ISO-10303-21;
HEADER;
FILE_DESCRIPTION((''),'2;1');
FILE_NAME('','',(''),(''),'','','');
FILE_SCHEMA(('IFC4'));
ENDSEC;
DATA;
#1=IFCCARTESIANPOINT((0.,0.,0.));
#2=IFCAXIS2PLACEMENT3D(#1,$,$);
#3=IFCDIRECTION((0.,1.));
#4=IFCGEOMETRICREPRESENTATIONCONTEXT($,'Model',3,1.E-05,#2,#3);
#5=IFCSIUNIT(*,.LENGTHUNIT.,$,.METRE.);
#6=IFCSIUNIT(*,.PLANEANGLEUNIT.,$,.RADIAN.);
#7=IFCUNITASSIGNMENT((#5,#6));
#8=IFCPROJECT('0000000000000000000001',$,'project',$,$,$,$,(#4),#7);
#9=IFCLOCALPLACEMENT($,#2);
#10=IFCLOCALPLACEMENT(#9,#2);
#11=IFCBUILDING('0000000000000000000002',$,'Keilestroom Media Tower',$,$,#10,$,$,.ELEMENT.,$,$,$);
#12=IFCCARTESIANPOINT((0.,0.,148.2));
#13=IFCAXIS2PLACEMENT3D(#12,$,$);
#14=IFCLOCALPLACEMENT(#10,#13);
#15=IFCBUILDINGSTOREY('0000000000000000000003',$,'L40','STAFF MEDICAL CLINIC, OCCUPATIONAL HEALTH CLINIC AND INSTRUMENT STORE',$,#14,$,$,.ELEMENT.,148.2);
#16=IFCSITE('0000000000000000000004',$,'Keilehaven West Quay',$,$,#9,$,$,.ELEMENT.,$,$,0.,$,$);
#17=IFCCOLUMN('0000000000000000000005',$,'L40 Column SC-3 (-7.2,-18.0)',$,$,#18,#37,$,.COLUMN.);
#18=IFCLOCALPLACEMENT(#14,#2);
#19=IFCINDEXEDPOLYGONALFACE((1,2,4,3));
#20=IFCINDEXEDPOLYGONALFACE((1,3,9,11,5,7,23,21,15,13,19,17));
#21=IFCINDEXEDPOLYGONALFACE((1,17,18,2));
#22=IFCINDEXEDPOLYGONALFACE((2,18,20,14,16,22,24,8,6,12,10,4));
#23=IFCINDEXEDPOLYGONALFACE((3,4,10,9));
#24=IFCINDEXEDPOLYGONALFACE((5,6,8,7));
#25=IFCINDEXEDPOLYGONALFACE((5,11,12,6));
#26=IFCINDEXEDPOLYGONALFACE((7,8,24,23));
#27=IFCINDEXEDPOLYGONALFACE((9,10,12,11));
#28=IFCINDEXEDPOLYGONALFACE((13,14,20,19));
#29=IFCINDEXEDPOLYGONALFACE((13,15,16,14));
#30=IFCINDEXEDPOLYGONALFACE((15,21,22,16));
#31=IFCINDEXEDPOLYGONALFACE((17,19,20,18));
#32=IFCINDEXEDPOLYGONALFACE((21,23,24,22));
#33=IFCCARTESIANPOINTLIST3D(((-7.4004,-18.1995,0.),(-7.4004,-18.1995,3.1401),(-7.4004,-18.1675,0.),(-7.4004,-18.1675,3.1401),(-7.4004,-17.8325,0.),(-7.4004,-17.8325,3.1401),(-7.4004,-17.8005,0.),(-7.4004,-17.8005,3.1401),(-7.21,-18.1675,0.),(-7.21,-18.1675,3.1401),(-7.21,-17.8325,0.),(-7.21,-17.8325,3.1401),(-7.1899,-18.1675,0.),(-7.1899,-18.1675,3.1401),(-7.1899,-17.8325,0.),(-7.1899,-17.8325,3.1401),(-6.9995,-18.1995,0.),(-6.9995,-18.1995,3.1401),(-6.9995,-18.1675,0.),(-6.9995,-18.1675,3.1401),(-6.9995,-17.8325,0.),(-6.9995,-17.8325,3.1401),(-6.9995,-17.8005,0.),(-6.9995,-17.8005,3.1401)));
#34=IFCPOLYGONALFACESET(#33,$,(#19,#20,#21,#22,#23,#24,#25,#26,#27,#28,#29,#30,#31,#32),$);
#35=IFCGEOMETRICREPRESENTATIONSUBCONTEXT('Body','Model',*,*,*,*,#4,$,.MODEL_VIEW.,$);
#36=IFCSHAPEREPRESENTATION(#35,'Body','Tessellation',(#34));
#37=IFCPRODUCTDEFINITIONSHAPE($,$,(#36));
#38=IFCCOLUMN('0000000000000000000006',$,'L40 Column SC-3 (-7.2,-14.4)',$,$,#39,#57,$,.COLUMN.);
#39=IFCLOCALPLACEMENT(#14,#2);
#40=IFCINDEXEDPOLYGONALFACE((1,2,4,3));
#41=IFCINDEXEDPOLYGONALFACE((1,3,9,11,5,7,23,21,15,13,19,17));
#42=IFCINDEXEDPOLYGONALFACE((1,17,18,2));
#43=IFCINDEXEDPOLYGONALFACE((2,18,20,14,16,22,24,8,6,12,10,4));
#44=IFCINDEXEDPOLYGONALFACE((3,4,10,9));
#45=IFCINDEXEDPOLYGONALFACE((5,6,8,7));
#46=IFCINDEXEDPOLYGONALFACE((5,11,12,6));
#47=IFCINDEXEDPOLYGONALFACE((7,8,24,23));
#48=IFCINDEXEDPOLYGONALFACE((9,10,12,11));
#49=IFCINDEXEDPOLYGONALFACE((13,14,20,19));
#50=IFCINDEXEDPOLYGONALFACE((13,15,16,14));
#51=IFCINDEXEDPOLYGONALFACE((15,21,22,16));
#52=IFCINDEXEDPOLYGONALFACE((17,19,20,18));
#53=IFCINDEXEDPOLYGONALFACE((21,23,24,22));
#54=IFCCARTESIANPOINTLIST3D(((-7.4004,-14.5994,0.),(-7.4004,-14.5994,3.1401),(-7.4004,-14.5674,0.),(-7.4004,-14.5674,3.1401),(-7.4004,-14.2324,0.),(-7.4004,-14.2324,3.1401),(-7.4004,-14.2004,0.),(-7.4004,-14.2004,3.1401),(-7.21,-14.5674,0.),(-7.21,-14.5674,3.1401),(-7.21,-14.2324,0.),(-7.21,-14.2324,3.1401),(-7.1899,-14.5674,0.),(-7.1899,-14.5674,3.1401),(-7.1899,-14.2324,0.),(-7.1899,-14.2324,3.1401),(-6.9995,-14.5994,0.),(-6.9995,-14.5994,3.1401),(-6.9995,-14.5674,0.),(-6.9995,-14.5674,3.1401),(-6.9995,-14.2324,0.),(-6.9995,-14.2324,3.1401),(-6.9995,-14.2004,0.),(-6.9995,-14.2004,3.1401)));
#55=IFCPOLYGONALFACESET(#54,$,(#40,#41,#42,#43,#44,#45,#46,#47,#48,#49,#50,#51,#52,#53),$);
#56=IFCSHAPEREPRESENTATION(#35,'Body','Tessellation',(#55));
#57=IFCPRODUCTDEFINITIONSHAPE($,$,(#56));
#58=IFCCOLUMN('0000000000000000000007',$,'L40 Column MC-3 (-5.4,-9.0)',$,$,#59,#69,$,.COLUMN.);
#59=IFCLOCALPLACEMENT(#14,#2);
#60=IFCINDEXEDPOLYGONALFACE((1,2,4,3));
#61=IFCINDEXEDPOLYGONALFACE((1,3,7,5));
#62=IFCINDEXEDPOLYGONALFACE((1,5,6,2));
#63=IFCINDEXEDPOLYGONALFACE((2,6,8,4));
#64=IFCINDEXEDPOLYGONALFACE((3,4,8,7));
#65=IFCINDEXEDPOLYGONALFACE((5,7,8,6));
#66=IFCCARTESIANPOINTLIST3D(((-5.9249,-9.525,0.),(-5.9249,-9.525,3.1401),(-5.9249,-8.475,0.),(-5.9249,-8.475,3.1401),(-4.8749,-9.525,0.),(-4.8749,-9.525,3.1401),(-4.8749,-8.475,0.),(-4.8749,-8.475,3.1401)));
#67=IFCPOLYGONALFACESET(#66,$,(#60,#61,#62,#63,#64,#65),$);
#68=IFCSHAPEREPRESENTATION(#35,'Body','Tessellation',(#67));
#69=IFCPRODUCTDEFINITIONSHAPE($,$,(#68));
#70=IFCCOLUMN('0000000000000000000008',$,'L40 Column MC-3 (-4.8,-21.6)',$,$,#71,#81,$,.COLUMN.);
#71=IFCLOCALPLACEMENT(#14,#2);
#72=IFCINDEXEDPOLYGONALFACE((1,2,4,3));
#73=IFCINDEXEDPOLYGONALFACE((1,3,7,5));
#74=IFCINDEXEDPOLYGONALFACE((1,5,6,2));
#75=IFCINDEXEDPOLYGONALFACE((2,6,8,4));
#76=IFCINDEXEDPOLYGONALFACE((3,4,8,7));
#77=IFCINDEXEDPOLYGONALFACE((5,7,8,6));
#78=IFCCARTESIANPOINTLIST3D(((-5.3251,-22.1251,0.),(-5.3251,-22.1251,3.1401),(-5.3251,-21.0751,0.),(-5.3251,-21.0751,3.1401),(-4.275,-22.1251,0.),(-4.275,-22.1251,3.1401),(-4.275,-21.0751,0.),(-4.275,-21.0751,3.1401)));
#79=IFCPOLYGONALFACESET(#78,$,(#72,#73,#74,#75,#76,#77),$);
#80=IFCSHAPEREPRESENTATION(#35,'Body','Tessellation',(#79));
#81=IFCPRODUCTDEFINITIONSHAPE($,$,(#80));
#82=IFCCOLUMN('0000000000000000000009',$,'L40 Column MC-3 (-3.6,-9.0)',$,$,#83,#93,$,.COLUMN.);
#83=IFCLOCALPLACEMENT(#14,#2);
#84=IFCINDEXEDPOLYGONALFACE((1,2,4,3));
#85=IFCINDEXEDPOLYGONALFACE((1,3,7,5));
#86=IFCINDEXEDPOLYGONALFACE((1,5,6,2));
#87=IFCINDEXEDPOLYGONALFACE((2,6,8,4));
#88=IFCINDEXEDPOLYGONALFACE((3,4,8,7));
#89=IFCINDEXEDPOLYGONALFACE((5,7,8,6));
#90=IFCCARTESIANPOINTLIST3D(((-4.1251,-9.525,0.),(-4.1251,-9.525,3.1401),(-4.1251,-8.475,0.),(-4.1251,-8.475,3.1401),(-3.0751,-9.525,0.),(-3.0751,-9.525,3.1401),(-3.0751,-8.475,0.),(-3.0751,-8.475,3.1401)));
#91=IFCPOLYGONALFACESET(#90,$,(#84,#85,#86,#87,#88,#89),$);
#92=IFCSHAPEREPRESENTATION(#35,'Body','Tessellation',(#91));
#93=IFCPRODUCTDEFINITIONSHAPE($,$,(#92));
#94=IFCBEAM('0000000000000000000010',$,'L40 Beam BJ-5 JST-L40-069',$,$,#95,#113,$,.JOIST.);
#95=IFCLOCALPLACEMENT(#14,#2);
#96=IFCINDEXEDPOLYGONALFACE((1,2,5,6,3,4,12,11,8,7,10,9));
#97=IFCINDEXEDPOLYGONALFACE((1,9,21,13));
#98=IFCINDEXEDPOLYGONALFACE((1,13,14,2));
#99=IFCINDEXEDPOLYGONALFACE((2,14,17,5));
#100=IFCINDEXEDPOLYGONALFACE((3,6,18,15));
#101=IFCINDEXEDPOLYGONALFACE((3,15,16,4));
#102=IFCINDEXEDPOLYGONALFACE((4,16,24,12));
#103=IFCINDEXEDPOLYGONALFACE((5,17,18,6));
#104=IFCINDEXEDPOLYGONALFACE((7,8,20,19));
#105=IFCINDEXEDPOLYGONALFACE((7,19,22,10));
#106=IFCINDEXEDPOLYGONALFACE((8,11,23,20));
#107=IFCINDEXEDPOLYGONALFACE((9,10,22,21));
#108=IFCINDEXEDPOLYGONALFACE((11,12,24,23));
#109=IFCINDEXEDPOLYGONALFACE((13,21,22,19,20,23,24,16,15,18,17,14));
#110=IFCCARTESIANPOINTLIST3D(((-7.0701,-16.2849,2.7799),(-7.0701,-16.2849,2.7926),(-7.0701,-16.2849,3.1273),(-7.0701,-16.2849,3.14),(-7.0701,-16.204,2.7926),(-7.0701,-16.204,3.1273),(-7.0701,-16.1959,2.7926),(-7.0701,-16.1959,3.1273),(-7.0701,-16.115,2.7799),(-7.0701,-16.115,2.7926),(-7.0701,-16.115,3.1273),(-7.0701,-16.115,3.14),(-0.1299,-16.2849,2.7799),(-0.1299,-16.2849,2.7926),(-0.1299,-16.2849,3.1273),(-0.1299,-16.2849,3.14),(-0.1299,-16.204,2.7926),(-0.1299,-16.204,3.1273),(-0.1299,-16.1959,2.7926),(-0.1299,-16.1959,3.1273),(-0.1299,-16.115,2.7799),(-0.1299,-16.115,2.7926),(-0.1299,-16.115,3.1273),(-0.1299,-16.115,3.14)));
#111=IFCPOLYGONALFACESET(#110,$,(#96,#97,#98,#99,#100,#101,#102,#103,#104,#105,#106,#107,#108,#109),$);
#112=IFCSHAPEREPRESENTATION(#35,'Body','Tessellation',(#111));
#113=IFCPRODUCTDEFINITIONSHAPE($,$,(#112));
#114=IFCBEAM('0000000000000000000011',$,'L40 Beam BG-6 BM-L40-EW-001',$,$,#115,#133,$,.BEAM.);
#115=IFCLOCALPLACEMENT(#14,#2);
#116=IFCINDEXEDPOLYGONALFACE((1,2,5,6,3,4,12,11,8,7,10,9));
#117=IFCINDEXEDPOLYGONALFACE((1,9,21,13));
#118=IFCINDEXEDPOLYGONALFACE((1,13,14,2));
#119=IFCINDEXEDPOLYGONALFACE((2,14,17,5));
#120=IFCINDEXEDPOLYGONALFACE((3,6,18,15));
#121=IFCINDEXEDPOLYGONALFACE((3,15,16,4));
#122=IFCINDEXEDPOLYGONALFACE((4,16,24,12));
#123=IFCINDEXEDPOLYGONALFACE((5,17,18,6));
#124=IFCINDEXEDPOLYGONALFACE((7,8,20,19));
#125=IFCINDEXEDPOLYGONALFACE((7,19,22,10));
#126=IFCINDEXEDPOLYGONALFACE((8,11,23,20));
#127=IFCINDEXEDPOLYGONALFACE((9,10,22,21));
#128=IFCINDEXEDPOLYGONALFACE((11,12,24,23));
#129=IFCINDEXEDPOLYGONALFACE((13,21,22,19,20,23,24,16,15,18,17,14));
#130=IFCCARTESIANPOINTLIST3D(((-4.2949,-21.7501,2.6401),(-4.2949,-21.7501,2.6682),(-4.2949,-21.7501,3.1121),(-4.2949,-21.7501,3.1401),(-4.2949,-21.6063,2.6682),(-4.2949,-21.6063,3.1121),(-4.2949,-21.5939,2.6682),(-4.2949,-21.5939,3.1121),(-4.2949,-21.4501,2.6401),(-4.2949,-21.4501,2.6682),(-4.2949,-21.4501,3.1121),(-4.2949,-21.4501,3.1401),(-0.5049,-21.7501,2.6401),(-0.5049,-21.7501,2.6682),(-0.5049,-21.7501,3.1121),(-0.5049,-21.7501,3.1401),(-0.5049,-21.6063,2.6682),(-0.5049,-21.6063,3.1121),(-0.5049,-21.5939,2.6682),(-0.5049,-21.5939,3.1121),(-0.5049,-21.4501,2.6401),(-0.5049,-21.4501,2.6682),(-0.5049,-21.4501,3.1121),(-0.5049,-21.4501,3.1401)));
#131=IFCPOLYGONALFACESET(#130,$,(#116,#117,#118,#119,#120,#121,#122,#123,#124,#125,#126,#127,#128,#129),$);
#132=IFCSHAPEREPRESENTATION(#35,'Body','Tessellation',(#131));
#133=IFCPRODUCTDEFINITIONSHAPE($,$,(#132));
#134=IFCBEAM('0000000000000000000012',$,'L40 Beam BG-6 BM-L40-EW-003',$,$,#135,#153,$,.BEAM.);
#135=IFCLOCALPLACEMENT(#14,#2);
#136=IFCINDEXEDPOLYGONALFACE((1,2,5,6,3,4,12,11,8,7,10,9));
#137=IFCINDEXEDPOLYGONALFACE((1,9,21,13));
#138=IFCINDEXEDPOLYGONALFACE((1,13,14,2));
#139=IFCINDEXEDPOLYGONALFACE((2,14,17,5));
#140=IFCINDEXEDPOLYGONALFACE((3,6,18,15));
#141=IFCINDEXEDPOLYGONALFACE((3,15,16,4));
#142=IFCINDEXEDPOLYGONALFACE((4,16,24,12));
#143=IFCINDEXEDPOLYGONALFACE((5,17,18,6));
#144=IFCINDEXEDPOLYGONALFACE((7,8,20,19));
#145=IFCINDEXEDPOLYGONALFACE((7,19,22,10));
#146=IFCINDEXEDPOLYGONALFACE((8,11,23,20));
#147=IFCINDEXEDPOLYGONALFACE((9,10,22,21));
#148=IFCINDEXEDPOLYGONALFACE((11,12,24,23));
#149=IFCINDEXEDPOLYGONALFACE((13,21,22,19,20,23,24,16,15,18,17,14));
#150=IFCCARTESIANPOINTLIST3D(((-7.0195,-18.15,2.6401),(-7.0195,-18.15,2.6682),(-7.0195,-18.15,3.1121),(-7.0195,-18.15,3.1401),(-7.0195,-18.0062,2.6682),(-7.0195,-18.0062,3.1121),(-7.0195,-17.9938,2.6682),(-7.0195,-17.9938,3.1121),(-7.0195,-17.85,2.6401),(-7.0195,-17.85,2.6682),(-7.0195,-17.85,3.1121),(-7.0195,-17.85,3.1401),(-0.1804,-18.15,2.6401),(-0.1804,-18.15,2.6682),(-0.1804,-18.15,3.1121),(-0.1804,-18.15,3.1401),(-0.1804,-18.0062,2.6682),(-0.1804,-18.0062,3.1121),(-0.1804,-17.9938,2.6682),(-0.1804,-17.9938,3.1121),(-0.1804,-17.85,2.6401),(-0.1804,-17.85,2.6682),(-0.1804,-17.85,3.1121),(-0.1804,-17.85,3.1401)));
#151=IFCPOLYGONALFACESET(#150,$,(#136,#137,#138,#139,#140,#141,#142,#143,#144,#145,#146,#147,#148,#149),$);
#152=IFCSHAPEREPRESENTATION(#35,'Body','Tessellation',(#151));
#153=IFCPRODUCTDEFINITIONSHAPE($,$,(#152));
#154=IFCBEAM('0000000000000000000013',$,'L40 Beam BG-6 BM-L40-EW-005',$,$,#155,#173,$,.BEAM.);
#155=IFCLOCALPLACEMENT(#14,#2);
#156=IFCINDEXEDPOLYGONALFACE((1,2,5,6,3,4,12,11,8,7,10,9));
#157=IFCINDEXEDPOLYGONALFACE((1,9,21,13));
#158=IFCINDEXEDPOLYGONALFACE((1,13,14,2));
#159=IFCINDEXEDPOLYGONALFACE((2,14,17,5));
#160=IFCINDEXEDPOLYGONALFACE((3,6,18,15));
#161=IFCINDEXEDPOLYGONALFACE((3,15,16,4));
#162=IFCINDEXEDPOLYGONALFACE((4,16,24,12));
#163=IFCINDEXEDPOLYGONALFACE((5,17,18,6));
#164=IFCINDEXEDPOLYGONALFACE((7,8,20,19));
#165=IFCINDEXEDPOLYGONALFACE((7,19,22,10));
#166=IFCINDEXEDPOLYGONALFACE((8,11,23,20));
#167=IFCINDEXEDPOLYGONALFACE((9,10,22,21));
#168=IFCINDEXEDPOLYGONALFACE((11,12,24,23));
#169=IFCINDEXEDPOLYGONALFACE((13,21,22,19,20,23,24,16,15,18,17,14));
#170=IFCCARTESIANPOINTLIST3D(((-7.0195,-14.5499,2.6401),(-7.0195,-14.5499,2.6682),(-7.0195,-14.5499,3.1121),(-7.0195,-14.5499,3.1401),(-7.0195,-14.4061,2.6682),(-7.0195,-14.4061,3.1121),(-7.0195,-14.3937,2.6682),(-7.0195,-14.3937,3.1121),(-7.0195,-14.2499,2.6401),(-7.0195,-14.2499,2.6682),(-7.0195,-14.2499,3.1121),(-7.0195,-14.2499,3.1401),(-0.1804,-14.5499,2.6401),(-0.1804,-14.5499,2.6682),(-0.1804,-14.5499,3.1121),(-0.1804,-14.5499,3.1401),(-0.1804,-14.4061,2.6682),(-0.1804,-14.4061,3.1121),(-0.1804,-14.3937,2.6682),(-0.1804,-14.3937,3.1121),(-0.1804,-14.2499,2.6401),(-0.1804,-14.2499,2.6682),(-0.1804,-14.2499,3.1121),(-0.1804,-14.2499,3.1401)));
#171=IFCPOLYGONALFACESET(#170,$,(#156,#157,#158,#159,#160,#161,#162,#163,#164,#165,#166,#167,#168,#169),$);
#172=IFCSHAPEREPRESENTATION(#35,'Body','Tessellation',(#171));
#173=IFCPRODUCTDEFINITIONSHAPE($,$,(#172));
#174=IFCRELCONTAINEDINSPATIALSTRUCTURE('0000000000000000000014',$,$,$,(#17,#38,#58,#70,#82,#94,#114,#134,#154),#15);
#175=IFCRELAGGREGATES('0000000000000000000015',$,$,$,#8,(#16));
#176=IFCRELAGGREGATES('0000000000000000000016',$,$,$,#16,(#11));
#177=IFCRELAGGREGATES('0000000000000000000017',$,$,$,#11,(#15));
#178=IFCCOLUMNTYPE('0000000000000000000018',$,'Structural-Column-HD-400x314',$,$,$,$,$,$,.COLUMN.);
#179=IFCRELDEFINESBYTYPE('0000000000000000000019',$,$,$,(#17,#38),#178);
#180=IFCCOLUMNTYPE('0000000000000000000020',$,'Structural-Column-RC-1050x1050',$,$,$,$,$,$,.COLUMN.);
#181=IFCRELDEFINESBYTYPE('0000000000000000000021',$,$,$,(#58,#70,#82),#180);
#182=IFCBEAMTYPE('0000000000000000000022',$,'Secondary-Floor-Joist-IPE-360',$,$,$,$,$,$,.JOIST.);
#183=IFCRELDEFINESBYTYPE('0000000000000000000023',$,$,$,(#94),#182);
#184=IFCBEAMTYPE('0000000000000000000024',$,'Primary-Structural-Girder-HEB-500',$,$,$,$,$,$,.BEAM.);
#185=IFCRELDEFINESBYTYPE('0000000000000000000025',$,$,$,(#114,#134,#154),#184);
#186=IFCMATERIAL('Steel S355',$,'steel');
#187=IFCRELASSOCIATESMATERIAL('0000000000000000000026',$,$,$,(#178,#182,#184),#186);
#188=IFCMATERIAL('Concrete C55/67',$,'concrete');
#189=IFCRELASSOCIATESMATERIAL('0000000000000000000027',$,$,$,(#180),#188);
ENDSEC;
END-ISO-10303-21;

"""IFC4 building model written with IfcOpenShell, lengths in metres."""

from ifc_helpers import new_model, si_unit, direction, frame, origin, origin_2d, place, context, subcontext, project, spatial, rectangle, i_section, extrude, source, transform, mapped, material, material_profile, profile_set, type_object, element, save


model = new_model("IFC4")

# Units and contexts
model_context = context("Model", 3, precision=1e-05, world=origin(), true_north=direction((0.0, 1.0)))
body_context = subcontext(model_context, "Body", "Model", "MODEL_VIEW")
ifc_project = project(units=[si_unit("LENGTHUNIT", "METRE"), si_unit("PLANEANGLEUNIT", "RADIAN")], contexts=[model_context])

# Site, building, storey
site_placement = place(None, origin())
site = spatial("IfcSite", under=ifc_project, at=site_placement, Name="Keilehaven West Quay", CompositionType="ELEMENT", RefElevation=0.0)
building_placement = place(site_placement, origin())
building = spatial("IfcBuilding", under=site, at=building_placement, Name="Keilestroom Media Tower", CompositionType="ELEMENT")
storey_placement = place(building_placement, frame((0.0, 0.0, 148.2)))
storey = spatial("IfcBuildingStorey", under=building, at=storey_placement, Name="L40", Description="STAFF MEDICAL CLINIC, OCCUPATIONAL HEALTH CLINIC AND INSTRUMENT STORE", CompositionType="ELEMENT", Elevation=148.2)

# Columns
ifc_material_1 = material(Name="Steel S355", Category="steel")
ifc_material_profile_1 = material_profile(ifc_material_1, i_section(OverallWidth=0.4009, OverallDepth=0.3989, WebThickness=0.02, FlangeThickness=0.032, at=origin_2d()), Name="HD 400x314")
ifc_profile_set_1 = profile_set([ifc_material_profile_1], Name="Steel S355")
column_type_1 = type_object("IfcColumnType", Name="Structural-Column-HD-400x314", PredefinedType="COLUMN", material=ifc_profile_set_1)
shared_shape_1 = source(origin(), body_context, "Body", "SweptSolid", [
    extrude(i_section(OverallWidth=0.4009, OverallDepth=0.3989, WebThickness=0.02, FlangeThickness=0.032, at=origin_2d()), origin(), (0.0, 0.0, 1.0), 3.1401),
])
for number, where, z_axis, x_axis, name in (
    (1, (-7.2, -18.0, 0.0), (0.0, 0.0, 1.0), (1.0, 0.0, 0.0), "L40 Column SC-3 (-7.2,-18.0)"),
    (2, (-7.2, -14.3999, 0.0), (0.0, 0.0, 1.0), (1.0, 0.0, 0.0), "L40 Column SC-3 (-7.2,-14.4)"),
):
    element("IfcColumn", number, at=place(storey_placement, frame(where, z_axis=z_axis, x_axis=x_axis)), inside=storey, type_object=column_type_1, Name=name, PredefinedType="COLUMN", context=body_context, shape_type="MappedRepresentation", body=[
        mapped(shared_shape_1, transform((0.0, 0.0, 0.0), x_axis=(1.0, 0.0, 0.0), y_axis=(0.0, 1.0, 0.0), z_axis=(0.0, 0.0, 1.0), scale=1.0)),
    ])
ifc_material_2 = material(Name="Concrete C55/67", Category="concrete")
ifc_material_profile_2 = material_profile(ifc_material_2, rectangle(XDim=1.05, YDim=1.05, at=origin_2d()), Name="RC 1050x1050")
ifc_profile_set_2 = profile_set([ifc_material_profile_2], Name="Concrete C55/67")
column_type_2 = type_object("IfcColumnType", Name="Structural-Column-RC-1050x1050", PredefinedType="COLUMN", material=ifc_profile_set_2)
shared_shape_2 = source(origin(), body_context, "Body", "SweptSolid", [
    extrude(rectangle(XDim=1.05, YDim=1.05, at=origin_2d()), origin(), (0.0, 0.0, 1.0), 3.1401),
])
for number, where, z_axis, x_axis, name in (
    (3, (-5.3999, -9.0, 0.0), (0.0, 0.0, 1.0), (1.0, 0.0, 0.0), "L40 Column MC-3 (-5.4,-9.0)"),
    (4, (-4.8, -21.6001, 0.0), (0.0, 0.0, 1.0), (1.0, 0.0, 0.0), "L40 Column MC-3 (-4.8,-21.6)"),
    (5, (-3.6001, -9.0, 0.0), (0.0, 0.0, 1.0), (1.0, 0.0, 0.0), "L40 Column MC-3 (-3.6,-9.0)"),
):
    element("IfcColumn", number, at=place(storey_placement, frame(where, z_axis=z_axis, x_axis=x_axis)), inside=storey, type_object=column_type_2, Name=name, PredefinedType="COLUMN", context=body_context, shape_type="MappedRepresentation", body=[
        mapped(shared_shape_2, transform((0.0, 0.0, 0.0), x_axis=(1.0, 0.0, 0.0), y_axis=(0.0, 1.0, 0.0), z_axis=(0.0, 0.0, 1.0), scale=1.0)),
    ])

# Beams
ifc_material_profile_3 = material_profile(ifc_material_1, i_section(OverallWidth=0.1699, OverallDepth=0.3601, WebThickness=0.0081, FlangeThickness=0.0127, at=origin_2d()), Name="IPE 360")
ifc_profile_set_3 = profile_set([ifc_material_profile_3], Name="Steel S355")
beam_type_1 = type_object("IfcBeamType", Name="Secondary-Floor-Joist-IPE-360", PredefinedType="JOIST", material=ifc_profile_set_3)
shared_shape_3 = source(origin(), body_context, "Body", "SweptSolid", [
    extrude(i_section(OverallWidth=0.1699, OverallDepth=0.3601, WebThickness=0.0081, FlangeThickness=0.0127, at=origin_2d()), origin(), (0.0, 0.0, 1.0), 6.9402),
])
beam_1_placement = place(storey_placement, frame((-7.0701, -16.2, 2.96), z_axis=(1.0, 0.0, 0.0), x_axis=(0.0, 1.0, 0.0)))
element("IfcBeam", 6, at=beam_1_placement, inside=storey, type_object=beam_type_1, Name="L40 Beam BJ-5 JST-L40-069", PredefinedType="JOIST", context=body_context, shape_type="MappedRepresentation", body=[
    mapped(shared_shape_3, transform((0.0, 0.0, 0.0), x_axis=(1.0, 0.0, 0.0), y_axis=(0.0, 1.0, 0.0), z_axis=(0.0, 0.0, 1.0), scale=1.0)),
])
ifc_material_profile_4 = material_profile(ifc_material_1, i_section(OverallWidth=0.3, OverallDepth=0.5, WebThickness=0.0125, FlangeThickness=0.0281, at=origin_2d()), Name="HEB 500")
ifc_profile_set_4 = profile_set([ifc_material_profile_4], Name="Steel S355")
beam_type_2 = type_object("IfcBeamType", Name="Primary-Structural-Girder-HEB-500", PredefinedType="BEAM", material=ifc_profile_set_4)
shared_shape_4 = source(origin(), body_context, "Body", "SweptSolid", [
    extrude(i_section(OverallWidth=0.3, OverallDepth=0.5, WebThickness=0.0125, FlangeThickness=0.0281, at=origin_2d()), origin(), (0.0, 0.0, 1.0), 3.79),
])
beam_2_placement = place(storey_placement, frame((-4.2949, -21.6001, 2.8901), z_axis=(1.0, 0.0, 0.0), x_axis=(0.0, 1.0, 0.0)))
element("IfcBeam", 7, at=beam_2_placement, inside=storey, type_object=beam_type_2, Name="L40 Beam BG-6 BM-L40-EW-001", PredefinedType="BEAM", context=body_context, shape_type="MappedRepresentation", body=[
    mapped(shared_shape_4, transform((0.0, 0.0, 0.0), x_axis=(1.0, 0.0, 0.0), y_axis=(0.0, 1.0, 0.0), z_axis=(0.0, 0.0, 1.0), scale=1.0)),
])
shared_shape_5 = source(origin(), body_context, "Body", "SweptSolid", [
    extrude(i_section(OverallWidth=0.3, OverallDepth=0.5, WebThickness=0.0125, FlangeThickness=0.0281, at=origin_2d()), origin(), (0.0, 0.0, 1.0), 6.8391),
])
for number, where, z_axis, x_axis, name in (
    (8, (-7.0195, -18.0, 2.8901), (1.0, 0.0, 0.0), (0.0, 1.0, 0.0), "L40 Beam BG-6 BM-L40-EW-003"),
    (9, (-7.0195, -14.3999, 2.8901), (1.0, 0.0, 0.0), (0.0, 1.0, 0.0), "L40 Beam BG-6 BM-L40-EW-005"),
):
    element("IfcBeam", number, at=place(storey_placement, frame(where, z_axis=z_axis, x_axis=x_axis)), inside=storey, type_object=beam_type_2, Name=name, PredefinedType="BEAM", context=body_context, shape_type="MappedRepresentation", body=[
        mapped(shared_shape_5, transform((0.0, 0.0, 0.0), x_axis=(1.0, 0.0, 0.0), y_axis=(0.0, 1.0, 0.0), z_axis=(0.0, 0.0, 1.0), scale=1.0)),
    ])

save(model, "model.ifc")
